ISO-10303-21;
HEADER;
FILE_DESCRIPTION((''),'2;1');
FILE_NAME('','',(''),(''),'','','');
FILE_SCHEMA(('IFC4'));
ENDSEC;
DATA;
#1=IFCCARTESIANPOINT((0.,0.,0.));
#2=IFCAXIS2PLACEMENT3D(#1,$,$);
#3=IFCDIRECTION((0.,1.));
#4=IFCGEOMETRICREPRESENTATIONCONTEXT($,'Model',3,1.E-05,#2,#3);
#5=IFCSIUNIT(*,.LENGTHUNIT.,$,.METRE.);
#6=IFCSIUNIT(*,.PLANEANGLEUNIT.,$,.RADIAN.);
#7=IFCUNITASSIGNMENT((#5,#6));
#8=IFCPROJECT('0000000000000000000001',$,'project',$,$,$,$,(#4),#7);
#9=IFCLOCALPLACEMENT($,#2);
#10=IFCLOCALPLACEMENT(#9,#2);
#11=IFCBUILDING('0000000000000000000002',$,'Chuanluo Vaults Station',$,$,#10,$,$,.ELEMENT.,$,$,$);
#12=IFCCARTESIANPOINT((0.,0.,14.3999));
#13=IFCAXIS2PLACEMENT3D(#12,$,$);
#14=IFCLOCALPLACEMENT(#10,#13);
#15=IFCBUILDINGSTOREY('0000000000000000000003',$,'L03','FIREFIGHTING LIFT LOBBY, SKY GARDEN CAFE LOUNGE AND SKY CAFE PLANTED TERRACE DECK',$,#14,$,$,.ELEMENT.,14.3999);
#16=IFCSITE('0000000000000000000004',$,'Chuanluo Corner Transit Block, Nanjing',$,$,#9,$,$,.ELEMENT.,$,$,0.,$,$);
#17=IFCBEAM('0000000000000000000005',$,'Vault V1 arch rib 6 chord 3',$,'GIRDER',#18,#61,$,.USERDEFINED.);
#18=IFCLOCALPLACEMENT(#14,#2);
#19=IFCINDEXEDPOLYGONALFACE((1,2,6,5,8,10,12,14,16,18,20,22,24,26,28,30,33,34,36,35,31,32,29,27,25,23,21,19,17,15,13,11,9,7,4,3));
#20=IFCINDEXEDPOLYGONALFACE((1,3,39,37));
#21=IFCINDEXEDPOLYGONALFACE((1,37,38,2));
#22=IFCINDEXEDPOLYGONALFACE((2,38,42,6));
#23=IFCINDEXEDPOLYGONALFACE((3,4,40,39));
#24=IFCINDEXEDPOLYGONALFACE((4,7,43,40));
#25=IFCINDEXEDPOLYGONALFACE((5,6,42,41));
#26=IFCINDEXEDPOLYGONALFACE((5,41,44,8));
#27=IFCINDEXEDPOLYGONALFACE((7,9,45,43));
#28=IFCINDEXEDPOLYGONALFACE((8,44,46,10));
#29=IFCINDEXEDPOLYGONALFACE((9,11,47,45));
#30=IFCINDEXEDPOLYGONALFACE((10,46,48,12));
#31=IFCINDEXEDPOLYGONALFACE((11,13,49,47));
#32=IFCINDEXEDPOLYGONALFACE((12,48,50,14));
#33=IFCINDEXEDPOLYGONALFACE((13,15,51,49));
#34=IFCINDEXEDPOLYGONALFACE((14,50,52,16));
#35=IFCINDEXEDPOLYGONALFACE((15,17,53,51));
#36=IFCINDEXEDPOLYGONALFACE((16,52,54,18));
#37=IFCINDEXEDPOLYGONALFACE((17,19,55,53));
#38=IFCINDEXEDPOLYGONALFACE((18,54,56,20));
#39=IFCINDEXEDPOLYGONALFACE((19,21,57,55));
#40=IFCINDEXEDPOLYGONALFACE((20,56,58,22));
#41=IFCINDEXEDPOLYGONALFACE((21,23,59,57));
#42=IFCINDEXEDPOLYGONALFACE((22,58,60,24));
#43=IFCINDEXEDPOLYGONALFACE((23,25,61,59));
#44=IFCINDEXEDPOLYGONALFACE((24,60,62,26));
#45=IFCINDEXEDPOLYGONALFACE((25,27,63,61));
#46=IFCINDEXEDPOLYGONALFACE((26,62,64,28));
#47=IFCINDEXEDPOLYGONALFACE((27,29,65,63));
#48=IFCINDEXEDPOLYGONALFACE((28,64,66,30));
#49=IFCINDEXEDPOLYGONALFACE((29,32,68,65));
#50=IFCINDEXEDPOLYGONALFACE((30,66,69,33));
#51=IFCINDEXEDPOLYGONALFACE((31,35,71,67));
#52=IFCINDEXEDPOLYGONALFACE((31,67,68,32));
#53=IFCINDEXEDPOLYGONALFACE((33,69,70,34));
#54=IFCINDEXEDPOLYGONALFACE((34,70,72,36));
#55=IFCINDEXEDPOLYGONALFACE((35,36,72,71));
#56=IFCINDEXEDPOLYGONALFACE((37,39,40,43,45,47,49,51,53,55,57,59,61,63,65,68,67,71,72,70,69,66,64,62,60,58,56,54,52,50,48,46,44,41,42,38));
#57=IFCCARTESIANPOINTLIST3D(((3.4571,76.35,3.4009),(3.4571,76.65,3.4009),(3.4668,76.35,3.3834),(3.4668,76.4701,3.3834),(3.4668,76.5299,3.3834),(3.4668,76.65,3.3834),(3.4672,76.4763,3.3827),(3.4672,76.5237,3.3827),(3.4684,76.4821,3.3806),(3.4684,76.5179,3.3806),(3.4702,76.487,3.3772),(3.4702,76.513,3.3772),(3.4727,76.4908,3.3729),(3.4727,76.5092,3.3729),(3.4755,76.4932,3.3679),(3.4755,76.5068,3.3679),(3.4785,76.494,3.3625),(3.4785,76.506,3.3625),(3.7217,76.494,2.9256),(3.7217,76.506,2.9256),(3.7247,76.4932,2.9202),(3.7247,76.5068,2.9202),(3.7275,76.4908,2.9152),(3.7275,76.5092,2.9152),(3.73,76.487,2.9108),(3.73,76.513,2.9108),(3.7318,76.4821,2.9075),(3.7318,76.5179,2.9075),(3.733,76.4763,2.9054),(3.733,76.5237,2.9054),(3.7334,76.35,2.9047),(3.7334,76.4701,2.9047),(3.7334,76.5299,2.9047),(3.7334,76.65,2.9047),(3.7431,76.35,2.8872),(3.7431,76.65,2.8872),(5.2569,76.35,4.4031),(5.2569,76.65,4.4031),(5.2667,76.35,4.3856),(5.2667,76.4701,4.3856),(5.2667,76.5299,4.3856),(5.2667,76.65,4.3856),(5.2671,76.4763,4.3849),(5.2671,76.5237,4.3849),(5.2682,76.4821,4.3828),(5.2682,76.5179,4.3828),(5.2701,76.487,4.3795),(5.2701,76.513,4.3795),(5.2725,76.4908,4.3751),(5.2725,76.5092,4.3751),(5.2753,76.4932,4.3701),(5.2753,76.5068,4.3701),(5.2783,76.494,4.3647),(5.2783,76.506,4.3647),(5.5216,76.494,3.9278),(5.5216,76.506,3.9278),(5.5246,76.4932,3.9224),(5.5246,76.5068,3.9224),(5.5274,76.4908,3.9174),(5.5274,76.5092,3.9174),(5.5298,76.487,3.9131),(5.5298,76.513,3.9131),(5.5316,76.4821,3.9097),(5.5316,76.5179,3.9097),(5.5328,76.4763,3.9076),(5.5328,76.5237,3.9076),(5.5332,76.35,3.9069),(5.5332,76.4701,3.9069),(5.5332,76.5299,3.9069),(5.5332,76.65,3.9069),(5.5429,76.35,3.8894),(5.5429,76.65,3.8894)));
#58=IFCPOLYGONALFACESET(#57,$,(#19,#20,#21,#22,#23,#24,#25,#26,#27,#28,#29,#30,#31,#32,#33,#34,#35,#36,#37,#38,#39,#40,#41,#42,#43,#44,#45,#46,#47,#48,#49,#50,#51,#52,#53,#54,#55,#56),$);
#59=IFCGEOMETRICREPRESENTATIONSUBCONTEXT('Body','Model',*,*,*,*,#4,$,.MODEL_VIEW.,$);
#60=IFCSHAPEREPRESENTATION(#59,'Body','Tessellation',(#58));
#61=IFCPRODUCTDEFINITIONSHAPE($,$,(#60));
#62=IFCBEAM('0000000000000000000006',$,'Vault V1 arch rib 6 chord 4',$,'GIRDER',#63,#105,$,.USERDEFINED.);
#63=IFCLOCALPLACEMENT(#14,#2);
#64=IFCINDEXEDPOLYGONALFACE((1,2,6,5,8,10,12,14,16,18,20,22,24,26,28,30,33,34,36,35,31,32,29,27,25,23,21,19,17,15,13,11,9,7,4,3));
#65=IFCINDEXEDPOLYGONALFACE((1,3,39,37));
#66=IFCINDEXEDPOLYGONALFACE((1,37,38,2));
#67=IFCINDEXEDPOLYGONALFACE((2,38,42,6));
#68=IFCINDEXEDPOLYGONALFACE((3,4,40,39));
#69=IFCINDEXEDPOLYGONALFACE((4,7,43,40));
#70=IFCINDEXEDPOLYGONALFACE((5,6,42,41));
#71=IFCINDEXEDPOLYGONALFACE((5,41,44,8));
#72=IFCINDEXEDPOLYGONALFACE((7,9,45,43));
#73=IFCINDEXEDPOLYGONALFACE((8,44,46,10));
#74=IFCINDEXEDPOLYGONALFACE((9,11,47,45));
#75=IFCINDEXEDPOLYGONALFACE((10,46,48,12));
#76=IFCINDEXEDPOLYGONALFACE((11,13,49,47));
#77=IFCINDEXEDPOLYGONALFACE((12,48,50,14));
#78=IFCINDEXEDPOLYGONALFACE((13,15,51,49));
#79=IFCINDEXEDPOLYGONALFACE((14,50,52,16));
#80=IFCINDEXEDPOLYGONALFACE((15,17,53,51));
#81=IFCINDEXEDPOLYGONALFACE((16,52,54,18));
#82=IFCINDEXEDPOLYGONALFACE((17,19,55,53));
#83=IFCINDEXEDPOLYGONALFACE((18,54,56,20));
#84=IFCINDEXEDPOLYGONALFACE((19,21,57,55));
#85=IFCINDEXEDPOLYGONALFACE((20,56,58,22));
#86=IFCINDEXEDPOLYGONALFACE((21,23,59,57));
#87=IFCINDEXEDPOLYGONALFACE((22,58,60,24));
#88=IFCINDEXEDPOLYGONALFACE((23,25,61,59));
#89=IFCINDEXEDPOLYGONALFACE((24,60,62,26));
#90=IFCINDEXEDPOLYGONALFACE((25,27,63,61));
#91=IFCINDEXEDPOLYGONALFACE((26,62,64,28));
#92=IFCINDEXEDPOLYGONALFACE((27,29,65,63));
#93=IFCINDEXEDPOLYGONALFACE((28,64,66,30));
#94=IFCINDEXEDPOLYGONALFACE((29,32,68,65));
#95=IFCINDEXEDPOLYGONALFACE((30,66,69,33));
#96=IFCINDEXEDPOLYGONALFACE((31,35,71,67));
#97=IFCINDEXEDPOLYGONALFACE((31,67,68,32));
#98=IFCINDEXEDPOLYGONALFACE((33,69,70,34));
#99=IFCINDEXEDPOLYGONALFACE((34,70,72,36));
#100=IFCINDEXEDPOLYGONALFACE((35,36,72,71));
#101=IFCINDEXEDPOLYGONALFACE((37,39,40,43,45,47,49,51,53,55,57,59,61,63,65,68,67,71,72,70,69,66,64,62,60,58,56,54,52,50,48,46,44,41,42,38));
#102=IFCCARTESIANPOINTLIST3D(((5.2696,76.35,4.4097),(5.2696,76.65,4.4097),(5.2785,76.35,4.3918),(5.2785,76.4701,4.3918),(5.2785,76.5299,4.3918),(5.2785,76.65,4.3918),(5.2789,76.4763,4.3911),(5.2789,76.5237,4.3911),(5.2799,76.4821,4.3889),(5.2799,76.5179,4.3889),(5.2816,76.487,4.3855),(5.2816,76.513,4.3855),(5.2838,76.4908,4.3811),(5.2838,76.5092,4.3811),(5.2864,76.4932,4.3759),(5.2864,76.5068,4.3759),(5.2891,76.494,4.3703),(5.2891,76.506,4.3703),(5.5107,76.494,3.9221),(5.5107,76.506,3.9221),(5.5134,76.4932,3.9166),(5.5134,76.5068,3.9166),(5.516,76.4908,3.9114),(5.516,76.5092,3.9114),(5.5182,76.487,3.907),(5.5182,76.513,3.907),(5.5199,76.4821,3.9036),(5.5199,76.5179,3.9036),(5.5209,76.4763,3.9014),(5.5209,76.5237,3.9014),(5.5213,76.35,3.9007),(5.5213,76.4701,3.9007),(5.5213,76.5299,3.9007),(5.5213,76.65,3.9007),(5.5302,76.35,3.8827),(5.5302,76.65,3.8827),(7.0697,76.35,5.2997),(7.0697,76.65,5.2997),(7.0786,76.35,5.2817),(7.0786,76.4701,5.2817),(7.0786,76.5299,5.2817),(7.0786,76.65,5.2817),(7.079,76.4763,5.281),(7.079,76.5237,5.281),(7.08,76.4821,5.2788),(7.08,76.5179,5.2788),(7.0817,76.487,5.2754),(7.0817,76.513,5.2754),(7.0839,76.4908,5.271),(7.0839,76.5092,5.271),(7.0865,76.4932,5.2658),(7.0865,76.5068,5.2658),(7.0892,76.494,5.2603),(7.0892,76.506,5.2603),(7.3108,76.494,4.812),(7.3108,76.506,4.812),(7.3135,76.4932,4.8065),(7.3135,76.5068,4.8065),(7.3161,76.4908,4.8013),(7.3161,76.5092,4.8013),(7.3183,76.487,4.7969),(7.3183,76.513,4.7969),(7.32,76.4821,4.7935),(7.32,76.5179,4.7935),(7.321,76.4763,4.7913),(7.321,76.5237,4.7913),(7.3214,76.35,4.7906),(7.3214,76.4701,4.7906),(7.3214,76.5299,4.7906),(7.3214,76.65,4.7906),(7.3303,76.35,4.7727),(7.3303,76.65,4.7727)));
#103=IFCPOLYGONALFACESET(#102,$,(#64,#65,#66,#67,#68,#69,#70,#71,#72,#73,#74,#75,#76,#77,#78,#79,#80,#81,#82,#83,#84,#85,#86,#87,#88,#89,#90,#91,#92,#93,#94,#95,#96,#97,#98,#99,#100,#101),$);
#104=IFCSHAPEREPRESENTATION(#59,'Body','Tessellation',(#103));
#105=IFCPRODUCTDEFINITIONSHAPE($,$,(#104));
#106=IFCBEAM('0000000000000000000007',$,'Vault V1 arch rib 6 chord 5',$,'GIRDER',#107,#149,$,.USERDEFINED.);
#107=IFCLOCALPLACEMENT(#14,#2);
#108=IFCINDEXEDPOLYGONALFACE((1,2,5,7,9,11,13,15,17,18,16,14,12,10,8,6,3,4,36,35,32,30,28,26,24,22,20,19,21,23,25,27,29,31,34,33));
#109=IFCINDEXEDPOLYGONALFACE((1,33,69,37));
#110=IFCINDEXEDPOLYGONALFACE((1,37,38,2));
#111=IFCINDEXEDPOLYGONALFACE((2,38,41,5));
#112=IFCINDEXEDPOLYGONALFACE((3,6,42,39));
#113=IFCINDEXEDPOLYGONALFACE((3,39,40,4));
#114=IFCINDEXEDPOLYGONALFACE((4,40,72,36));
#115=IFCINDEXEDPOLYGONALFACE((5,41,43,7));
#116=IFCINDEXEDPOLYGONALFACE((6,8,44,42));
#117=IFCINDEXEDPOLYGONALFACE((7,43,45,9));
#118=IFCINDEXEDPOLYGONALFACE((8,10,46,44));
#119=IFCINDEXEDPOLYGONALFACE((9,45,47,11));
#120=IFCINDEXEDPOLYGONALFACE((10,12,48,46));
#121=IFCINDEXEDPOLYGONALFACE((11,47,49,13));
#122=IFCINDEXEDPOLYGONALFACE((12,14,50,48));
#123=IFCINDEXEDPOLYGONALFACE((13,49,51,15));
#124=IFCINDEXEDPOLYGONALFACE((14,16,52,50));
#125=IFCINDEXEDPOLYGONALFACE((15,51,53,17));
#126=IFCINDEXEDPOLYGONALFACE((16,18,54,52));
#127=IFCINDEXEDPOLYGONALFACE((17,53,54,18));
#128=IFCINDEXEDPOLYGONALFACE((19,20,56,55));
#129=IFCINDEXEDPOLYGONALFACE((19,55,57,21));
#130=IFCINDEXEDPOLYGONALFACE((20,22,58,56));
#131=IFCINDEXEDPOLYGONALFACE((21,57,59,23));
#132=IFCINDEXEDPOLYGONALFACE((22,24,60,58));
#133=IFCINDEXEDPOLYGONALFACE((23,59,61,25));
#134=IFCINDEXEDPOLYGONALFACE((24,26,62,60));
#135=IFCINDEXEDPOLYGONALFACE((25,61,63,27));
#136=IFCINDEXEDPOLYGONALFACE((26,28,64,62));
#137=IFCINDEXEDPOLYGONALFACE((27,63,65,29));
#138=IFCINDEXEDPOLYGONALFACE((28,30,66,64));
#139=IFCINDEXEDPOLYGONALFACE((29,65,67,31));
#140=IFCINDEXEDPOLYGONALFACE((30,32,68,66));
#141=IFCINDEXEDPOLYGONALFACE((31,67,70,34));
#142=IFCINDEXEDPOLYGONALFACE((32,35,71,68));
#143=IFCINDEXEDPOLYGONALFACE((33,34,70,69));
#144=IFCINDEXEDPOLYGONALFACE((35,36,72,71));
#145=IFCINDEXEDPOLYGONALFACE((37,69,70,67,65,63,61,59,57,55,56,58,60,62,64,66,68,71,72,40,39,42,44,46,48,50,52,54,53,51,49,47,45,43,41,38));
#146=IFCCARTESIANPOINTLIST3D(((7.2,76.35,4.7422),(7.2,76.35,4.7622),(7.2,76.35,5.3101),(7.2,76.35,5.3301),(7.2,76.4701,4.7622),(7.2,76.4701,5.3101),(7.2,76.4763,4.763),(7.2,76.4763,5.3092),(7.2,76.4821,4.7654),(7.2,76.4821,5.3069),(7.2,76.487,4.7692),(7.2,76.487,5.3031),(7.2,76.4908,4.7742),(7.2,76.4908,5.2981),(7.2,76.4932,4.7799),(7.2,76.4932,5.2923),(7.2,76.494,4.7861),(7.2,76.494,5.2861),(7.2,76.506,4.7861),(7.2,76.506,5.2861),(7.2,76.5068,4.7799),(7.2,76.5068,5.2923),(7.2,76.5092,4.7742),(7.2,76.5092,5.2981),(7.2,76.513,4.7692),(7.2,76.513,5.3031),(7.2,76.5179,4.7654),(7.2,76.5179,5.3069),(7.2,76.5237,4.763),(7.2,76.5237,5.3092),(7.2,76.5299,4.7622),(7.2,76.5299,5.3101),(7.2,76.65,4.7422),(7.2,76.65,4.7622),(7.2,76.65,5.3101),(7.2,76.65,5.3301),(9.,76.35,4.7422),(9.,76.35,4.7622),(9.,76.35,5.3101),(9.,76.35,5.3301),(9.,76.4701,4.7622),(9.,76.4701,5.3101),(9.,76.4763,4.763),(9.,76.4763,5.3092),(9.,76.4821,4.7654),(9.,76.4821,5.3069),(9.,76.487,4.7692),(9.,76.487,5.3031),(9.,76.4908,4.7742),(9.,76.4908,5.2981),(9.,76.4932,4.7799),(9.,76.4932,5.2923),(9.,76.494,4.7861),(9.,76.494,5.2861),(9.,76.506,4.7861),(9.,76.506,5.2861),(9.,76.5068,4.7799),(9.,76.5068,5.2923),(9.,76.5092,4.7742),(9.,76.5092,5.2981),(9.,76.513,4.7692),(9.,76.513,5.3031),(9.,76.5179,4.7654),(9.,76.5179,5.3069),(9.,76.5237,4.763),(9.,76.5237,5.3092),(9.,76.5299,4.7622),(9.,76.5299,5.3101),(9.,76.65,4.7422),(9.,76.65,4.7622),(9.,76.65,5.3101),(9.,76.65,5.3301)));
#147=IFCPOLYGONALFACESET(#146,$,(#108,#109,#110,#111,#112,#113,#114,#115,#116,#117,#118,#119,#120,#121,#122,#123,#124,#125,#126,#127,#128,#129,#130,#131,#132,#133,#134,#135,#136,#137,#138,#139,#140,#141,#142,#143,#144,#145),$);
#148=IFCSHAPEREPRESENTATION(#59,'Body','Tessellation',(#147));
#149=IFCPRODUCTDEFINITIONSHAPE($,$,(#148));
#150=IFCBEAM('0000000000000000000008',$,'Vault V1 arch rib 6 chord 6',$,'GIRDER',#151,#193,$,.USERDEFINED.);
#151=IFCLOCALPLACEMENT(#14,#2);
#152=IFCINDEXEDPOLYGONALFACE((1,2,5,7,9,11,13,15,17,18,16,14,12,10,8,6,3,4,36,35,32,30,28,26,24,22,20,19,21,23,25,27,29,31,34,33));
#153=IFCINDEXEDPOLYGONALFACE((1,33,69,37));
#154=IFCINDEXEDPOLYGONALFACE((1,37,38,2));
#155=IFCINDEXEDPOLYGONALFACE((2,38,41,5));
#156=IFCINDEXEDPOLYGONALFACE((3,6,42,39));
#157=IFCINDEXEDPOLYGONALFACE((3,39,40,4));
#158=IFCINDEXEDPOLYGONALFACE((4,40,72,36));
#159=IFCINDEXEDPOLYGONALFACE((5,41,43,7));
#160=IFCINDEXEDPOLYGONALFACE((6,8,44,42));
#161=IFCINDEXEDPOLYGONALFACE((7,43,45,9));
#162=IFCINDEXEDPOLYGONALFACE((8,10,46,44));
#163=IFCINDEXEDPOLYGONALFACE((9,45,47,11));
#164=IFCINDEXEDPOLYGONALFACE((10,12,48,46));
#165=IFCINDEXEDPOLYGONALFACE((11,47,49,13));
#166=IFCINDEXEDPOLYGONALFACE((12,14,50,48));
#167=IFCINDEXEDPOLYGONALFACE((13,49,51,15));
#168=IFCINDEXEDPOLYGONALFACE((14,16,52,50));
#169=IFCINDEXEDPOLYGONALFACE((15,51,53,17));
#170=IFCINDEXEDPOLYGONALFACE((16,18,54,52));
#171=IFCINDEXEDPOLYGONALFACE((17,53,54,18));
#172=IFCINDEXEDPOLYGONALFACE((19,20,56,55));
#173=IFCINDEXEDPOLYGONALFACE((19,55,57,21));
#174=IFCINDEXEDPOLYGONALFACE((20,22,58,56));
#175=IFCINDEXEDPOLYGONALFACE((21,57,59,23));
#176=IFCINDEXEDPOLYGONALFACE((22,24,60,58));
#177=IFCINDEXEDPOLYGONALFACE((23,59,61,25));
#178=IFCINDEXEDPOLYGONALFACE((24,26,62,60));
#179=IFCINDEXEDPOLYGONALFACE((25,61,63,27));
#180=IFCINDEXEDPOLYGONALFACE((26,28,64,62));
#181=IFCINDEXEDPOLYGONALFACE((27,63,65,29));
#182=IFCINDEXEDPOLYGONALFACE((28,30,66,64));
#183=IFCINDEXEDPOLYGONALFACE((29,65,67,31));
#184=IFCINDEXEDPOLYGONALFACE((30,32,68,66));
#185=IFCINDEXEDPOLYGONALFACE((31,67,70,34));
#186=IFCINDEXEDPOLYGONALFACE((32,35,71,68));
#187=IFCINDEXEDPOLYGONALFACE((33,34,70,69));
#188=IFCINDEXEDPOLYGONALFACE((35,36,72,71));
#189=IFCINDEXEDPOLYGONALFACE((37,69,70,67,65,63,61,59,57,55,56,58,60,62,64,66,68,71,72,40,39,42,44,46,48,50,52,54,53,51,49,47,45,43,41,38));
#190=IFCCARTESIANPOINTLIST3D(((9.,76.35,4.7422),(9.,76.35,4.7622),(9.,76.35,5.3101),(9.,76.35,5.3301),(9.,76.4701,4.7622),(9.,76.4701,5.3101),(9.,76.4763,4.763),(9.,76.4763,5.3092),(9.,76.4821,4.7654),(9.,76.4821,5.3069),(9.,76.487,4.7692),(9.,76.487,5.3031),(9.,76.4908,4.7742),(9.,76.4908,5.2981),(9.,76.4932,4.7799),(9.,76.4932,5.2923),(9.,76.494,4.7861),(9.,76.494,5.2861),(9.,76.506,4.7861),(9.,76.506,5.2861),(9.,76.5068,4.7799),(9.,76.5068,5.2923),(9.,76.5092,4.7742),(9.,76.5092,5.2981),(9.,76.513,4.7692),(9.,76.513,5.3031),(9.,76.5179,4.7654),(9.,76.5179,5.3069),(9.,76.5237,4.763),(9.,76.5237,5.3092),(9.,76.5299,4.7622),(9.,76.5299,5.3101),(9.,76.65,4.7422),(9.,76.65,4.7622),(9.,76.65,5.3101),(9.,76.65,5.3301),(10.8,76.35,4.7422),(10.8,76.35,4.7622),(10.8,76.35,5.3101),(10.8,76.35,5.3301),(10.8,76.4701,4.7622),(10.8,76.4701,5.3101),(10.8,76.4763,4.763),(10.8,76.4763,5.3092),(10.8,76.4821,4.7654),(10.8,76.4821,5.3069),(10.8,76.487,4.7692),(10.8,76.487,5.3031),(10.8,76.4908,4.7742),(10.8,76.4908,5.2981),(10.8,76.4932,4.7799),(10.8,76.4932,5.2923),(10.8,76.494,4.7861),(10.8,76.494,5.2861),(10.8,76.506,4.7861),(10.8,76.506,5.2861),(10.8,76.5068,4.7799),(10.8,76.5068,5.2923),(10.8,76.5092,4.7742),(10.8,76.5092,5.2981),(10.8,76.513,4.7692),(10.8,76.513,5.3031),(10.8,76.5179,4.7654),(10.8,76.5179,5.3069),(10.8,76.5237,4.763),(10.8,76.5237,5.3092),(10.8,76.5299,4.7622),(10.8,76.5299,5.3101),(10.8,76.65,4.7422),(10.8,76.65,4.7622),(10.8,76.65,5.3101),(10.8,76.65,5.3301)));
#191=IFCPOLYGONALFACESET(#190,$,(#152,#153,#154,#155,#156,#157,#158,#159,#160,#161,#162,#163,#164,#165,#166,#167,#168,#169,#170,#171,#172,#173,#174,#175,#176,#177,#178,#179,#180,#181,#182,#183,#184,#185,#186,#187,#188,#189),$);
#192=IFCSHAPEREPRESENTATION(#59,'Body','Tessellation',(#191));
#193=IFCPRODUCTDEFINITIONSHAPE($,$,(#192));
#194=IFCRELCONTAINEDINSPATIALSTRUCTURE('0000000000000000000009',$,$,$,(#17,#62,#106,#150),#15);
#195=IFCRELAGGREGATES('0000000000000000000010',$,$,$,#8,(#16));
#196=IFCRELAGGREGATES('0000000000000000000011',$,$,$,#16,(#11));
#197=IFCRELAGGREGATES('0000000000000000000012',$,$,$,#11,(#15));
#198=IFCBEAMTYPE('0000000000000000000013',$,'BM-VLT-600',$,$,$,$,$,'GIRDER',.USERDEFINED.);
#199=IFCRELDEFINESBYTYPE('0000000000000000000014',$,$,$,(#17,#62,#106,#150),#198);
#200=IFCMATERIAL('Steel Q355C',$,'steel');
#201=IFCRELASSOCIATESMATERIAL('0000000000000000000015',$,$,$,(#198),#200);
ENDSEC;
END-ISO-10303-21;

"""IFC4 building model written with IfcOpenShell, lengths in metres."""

from ifc_helpers import new_model, si_unit, direction, frame, origin, origin_2d, place, context, subcontext, project, spatial, i_section, extrude, material, material_profile, profile_set, type_object, element, save


model = new_model("IFC4")

# Units and contexts
model_context = context("Model", 3, precision=1e-05, world=origin(), true_north=direction((0.0, 1.0)))
body_context = subcontext(model_context, "Body", "Model", "MODEL_VIEW")
ifc_project = project(units=[si_unit("LENGTHUNIT", "METRE"), si_unit("PLANEANGLEUNIT", "RADIAN")], contexts=[model_context])

# Site, building, storey
site_placement = place(None, origin())
site = spatial("IfcSite", under=ifc_project, at=site_placement, Name="Chuanluo Corner Transit Block, Nanjing", CompositionType="ELEMENT", RefElevation=0.0)
building_placement = place(site_placement, origin())
building = spatial("IfcBuilding", under=site, at=building_placement, Name="Chuanluo Vaults Station", CompositionType="ELEMENT")
storey_placement = place(building_placement, frame((0.0, 0.0, 14.3999)))
storey = spatial("IfcBuildingStorey", under=building, at=storey_placement, Name="L03", Description="FIREFIGHTING LIFT LOBBY, SKY GARDEN CAFE LOUNGE AND SKY CAFE PLANTED TERRACE DECK", CompositionType="ELEMENT", Elevation=14.3999)

# Beams
ifc_material_1 = material(Name="Steel Q355C", Category="steel")
ifc_material_profile_1 = material_profile(ifc_material_1, i_section(OverallWidth=0.3, OverallDepth=0.5879, WebThickness=0.012, FlangeThickness=0.02, FilletRadius=0.0239, at=origin_2d()))
ifc_profile_set_1 = profile_set([ifc_material_profile_1], Name="Steel Q355C")
beam_type_1 = type_object("IfcBeamType", Name="BM-VLT-600", ElementType="GIRDER", PredefinedType="USERDEFINED", material=ifc_profile_set_1)
beam_1_placement = place(storey_placement, frame((3.6001, 76.5, 3.144), z_axis=(0.873682, 0.0, 0.486498), x_axis=(0.0, 1.0, 0.0)))
element("IfcBeam", 1, at=beam_1_placement, inside=storey, type_object=beam_type_1, Name="Vault V1 arch rib 6 chord 3", ObjectType="GIRDER", PredefinedType="USERDEFINED", context=body_context, shape_type="SweptSolid", body=[
    extrude(i_section(OverallWidth=0.3, OverallDepth=0.5879, WebThickness=0.012, FlangeThickness=0.02, FilletRadius=0.0239, at=origin_2d()), origin(), (0.0, 0.0, 1.0), 2.0601),
])
beam_2_placement = place(storey_placement, frame((5.3999, 76.5, 4.1462), z_axis=(0.896436, 0.0, 0.443172), x_axis=(0.0, 1.0, 0.0)))
element("IfcBeam", 2, at=beam_2_placement, inside=storey, type_object=beam_type_1, Name="Vault V1 arch rib 6 chord 4", ObjectType="GIRDER", PredefinedType="USERDEFINED", context=body_context, shape_type="SweptSolid", body=[
    extrude(i_section(OverallWidth=0.3, OverallDepth=0.5879, WebThickness=0.012, FlangeThickness=0.02, FilletRadius=0.0239, at=origin_2d()), origin(), (0.0, 0.0, 1.0), 2.0081),
])
for number, where, z_axis, x_axis, name in (
    (3, (7.2, 76.5, 5.0361), (1.0, 0.0, 0.0), (0.0, 1.0, 0.0), "Vault V1 arch rib 6 chord 5"),
    (4, (9.0, 76.5, 5.0361), (1.0, 0.0, 0.0), (0.0, 1.0, 0.0), "Vault V1 arch rib 6 chord 6"),
):
    element("IfcBeam", number, at=place(storey_placement, frame(where, z_axis=z_axis, x_axis=x_axis)), inside=storey, type_object=beam_type_1, Name=name, ObjectType="GIRDER", PredefinedType="USERDEFINED", context=body_context, shape_type="SweptSolid", body=[
        extrude(i_section(OverallWidth=0.3, OverallDepth=0.5879, WebThickness=0.012, FlangeThickness=0.02, FilletRadius=0.0239, at=origin_2d()), origin(), (0.0, 0.0, 1.0), 1.8),
    ])

save(model, "model.ifc")
